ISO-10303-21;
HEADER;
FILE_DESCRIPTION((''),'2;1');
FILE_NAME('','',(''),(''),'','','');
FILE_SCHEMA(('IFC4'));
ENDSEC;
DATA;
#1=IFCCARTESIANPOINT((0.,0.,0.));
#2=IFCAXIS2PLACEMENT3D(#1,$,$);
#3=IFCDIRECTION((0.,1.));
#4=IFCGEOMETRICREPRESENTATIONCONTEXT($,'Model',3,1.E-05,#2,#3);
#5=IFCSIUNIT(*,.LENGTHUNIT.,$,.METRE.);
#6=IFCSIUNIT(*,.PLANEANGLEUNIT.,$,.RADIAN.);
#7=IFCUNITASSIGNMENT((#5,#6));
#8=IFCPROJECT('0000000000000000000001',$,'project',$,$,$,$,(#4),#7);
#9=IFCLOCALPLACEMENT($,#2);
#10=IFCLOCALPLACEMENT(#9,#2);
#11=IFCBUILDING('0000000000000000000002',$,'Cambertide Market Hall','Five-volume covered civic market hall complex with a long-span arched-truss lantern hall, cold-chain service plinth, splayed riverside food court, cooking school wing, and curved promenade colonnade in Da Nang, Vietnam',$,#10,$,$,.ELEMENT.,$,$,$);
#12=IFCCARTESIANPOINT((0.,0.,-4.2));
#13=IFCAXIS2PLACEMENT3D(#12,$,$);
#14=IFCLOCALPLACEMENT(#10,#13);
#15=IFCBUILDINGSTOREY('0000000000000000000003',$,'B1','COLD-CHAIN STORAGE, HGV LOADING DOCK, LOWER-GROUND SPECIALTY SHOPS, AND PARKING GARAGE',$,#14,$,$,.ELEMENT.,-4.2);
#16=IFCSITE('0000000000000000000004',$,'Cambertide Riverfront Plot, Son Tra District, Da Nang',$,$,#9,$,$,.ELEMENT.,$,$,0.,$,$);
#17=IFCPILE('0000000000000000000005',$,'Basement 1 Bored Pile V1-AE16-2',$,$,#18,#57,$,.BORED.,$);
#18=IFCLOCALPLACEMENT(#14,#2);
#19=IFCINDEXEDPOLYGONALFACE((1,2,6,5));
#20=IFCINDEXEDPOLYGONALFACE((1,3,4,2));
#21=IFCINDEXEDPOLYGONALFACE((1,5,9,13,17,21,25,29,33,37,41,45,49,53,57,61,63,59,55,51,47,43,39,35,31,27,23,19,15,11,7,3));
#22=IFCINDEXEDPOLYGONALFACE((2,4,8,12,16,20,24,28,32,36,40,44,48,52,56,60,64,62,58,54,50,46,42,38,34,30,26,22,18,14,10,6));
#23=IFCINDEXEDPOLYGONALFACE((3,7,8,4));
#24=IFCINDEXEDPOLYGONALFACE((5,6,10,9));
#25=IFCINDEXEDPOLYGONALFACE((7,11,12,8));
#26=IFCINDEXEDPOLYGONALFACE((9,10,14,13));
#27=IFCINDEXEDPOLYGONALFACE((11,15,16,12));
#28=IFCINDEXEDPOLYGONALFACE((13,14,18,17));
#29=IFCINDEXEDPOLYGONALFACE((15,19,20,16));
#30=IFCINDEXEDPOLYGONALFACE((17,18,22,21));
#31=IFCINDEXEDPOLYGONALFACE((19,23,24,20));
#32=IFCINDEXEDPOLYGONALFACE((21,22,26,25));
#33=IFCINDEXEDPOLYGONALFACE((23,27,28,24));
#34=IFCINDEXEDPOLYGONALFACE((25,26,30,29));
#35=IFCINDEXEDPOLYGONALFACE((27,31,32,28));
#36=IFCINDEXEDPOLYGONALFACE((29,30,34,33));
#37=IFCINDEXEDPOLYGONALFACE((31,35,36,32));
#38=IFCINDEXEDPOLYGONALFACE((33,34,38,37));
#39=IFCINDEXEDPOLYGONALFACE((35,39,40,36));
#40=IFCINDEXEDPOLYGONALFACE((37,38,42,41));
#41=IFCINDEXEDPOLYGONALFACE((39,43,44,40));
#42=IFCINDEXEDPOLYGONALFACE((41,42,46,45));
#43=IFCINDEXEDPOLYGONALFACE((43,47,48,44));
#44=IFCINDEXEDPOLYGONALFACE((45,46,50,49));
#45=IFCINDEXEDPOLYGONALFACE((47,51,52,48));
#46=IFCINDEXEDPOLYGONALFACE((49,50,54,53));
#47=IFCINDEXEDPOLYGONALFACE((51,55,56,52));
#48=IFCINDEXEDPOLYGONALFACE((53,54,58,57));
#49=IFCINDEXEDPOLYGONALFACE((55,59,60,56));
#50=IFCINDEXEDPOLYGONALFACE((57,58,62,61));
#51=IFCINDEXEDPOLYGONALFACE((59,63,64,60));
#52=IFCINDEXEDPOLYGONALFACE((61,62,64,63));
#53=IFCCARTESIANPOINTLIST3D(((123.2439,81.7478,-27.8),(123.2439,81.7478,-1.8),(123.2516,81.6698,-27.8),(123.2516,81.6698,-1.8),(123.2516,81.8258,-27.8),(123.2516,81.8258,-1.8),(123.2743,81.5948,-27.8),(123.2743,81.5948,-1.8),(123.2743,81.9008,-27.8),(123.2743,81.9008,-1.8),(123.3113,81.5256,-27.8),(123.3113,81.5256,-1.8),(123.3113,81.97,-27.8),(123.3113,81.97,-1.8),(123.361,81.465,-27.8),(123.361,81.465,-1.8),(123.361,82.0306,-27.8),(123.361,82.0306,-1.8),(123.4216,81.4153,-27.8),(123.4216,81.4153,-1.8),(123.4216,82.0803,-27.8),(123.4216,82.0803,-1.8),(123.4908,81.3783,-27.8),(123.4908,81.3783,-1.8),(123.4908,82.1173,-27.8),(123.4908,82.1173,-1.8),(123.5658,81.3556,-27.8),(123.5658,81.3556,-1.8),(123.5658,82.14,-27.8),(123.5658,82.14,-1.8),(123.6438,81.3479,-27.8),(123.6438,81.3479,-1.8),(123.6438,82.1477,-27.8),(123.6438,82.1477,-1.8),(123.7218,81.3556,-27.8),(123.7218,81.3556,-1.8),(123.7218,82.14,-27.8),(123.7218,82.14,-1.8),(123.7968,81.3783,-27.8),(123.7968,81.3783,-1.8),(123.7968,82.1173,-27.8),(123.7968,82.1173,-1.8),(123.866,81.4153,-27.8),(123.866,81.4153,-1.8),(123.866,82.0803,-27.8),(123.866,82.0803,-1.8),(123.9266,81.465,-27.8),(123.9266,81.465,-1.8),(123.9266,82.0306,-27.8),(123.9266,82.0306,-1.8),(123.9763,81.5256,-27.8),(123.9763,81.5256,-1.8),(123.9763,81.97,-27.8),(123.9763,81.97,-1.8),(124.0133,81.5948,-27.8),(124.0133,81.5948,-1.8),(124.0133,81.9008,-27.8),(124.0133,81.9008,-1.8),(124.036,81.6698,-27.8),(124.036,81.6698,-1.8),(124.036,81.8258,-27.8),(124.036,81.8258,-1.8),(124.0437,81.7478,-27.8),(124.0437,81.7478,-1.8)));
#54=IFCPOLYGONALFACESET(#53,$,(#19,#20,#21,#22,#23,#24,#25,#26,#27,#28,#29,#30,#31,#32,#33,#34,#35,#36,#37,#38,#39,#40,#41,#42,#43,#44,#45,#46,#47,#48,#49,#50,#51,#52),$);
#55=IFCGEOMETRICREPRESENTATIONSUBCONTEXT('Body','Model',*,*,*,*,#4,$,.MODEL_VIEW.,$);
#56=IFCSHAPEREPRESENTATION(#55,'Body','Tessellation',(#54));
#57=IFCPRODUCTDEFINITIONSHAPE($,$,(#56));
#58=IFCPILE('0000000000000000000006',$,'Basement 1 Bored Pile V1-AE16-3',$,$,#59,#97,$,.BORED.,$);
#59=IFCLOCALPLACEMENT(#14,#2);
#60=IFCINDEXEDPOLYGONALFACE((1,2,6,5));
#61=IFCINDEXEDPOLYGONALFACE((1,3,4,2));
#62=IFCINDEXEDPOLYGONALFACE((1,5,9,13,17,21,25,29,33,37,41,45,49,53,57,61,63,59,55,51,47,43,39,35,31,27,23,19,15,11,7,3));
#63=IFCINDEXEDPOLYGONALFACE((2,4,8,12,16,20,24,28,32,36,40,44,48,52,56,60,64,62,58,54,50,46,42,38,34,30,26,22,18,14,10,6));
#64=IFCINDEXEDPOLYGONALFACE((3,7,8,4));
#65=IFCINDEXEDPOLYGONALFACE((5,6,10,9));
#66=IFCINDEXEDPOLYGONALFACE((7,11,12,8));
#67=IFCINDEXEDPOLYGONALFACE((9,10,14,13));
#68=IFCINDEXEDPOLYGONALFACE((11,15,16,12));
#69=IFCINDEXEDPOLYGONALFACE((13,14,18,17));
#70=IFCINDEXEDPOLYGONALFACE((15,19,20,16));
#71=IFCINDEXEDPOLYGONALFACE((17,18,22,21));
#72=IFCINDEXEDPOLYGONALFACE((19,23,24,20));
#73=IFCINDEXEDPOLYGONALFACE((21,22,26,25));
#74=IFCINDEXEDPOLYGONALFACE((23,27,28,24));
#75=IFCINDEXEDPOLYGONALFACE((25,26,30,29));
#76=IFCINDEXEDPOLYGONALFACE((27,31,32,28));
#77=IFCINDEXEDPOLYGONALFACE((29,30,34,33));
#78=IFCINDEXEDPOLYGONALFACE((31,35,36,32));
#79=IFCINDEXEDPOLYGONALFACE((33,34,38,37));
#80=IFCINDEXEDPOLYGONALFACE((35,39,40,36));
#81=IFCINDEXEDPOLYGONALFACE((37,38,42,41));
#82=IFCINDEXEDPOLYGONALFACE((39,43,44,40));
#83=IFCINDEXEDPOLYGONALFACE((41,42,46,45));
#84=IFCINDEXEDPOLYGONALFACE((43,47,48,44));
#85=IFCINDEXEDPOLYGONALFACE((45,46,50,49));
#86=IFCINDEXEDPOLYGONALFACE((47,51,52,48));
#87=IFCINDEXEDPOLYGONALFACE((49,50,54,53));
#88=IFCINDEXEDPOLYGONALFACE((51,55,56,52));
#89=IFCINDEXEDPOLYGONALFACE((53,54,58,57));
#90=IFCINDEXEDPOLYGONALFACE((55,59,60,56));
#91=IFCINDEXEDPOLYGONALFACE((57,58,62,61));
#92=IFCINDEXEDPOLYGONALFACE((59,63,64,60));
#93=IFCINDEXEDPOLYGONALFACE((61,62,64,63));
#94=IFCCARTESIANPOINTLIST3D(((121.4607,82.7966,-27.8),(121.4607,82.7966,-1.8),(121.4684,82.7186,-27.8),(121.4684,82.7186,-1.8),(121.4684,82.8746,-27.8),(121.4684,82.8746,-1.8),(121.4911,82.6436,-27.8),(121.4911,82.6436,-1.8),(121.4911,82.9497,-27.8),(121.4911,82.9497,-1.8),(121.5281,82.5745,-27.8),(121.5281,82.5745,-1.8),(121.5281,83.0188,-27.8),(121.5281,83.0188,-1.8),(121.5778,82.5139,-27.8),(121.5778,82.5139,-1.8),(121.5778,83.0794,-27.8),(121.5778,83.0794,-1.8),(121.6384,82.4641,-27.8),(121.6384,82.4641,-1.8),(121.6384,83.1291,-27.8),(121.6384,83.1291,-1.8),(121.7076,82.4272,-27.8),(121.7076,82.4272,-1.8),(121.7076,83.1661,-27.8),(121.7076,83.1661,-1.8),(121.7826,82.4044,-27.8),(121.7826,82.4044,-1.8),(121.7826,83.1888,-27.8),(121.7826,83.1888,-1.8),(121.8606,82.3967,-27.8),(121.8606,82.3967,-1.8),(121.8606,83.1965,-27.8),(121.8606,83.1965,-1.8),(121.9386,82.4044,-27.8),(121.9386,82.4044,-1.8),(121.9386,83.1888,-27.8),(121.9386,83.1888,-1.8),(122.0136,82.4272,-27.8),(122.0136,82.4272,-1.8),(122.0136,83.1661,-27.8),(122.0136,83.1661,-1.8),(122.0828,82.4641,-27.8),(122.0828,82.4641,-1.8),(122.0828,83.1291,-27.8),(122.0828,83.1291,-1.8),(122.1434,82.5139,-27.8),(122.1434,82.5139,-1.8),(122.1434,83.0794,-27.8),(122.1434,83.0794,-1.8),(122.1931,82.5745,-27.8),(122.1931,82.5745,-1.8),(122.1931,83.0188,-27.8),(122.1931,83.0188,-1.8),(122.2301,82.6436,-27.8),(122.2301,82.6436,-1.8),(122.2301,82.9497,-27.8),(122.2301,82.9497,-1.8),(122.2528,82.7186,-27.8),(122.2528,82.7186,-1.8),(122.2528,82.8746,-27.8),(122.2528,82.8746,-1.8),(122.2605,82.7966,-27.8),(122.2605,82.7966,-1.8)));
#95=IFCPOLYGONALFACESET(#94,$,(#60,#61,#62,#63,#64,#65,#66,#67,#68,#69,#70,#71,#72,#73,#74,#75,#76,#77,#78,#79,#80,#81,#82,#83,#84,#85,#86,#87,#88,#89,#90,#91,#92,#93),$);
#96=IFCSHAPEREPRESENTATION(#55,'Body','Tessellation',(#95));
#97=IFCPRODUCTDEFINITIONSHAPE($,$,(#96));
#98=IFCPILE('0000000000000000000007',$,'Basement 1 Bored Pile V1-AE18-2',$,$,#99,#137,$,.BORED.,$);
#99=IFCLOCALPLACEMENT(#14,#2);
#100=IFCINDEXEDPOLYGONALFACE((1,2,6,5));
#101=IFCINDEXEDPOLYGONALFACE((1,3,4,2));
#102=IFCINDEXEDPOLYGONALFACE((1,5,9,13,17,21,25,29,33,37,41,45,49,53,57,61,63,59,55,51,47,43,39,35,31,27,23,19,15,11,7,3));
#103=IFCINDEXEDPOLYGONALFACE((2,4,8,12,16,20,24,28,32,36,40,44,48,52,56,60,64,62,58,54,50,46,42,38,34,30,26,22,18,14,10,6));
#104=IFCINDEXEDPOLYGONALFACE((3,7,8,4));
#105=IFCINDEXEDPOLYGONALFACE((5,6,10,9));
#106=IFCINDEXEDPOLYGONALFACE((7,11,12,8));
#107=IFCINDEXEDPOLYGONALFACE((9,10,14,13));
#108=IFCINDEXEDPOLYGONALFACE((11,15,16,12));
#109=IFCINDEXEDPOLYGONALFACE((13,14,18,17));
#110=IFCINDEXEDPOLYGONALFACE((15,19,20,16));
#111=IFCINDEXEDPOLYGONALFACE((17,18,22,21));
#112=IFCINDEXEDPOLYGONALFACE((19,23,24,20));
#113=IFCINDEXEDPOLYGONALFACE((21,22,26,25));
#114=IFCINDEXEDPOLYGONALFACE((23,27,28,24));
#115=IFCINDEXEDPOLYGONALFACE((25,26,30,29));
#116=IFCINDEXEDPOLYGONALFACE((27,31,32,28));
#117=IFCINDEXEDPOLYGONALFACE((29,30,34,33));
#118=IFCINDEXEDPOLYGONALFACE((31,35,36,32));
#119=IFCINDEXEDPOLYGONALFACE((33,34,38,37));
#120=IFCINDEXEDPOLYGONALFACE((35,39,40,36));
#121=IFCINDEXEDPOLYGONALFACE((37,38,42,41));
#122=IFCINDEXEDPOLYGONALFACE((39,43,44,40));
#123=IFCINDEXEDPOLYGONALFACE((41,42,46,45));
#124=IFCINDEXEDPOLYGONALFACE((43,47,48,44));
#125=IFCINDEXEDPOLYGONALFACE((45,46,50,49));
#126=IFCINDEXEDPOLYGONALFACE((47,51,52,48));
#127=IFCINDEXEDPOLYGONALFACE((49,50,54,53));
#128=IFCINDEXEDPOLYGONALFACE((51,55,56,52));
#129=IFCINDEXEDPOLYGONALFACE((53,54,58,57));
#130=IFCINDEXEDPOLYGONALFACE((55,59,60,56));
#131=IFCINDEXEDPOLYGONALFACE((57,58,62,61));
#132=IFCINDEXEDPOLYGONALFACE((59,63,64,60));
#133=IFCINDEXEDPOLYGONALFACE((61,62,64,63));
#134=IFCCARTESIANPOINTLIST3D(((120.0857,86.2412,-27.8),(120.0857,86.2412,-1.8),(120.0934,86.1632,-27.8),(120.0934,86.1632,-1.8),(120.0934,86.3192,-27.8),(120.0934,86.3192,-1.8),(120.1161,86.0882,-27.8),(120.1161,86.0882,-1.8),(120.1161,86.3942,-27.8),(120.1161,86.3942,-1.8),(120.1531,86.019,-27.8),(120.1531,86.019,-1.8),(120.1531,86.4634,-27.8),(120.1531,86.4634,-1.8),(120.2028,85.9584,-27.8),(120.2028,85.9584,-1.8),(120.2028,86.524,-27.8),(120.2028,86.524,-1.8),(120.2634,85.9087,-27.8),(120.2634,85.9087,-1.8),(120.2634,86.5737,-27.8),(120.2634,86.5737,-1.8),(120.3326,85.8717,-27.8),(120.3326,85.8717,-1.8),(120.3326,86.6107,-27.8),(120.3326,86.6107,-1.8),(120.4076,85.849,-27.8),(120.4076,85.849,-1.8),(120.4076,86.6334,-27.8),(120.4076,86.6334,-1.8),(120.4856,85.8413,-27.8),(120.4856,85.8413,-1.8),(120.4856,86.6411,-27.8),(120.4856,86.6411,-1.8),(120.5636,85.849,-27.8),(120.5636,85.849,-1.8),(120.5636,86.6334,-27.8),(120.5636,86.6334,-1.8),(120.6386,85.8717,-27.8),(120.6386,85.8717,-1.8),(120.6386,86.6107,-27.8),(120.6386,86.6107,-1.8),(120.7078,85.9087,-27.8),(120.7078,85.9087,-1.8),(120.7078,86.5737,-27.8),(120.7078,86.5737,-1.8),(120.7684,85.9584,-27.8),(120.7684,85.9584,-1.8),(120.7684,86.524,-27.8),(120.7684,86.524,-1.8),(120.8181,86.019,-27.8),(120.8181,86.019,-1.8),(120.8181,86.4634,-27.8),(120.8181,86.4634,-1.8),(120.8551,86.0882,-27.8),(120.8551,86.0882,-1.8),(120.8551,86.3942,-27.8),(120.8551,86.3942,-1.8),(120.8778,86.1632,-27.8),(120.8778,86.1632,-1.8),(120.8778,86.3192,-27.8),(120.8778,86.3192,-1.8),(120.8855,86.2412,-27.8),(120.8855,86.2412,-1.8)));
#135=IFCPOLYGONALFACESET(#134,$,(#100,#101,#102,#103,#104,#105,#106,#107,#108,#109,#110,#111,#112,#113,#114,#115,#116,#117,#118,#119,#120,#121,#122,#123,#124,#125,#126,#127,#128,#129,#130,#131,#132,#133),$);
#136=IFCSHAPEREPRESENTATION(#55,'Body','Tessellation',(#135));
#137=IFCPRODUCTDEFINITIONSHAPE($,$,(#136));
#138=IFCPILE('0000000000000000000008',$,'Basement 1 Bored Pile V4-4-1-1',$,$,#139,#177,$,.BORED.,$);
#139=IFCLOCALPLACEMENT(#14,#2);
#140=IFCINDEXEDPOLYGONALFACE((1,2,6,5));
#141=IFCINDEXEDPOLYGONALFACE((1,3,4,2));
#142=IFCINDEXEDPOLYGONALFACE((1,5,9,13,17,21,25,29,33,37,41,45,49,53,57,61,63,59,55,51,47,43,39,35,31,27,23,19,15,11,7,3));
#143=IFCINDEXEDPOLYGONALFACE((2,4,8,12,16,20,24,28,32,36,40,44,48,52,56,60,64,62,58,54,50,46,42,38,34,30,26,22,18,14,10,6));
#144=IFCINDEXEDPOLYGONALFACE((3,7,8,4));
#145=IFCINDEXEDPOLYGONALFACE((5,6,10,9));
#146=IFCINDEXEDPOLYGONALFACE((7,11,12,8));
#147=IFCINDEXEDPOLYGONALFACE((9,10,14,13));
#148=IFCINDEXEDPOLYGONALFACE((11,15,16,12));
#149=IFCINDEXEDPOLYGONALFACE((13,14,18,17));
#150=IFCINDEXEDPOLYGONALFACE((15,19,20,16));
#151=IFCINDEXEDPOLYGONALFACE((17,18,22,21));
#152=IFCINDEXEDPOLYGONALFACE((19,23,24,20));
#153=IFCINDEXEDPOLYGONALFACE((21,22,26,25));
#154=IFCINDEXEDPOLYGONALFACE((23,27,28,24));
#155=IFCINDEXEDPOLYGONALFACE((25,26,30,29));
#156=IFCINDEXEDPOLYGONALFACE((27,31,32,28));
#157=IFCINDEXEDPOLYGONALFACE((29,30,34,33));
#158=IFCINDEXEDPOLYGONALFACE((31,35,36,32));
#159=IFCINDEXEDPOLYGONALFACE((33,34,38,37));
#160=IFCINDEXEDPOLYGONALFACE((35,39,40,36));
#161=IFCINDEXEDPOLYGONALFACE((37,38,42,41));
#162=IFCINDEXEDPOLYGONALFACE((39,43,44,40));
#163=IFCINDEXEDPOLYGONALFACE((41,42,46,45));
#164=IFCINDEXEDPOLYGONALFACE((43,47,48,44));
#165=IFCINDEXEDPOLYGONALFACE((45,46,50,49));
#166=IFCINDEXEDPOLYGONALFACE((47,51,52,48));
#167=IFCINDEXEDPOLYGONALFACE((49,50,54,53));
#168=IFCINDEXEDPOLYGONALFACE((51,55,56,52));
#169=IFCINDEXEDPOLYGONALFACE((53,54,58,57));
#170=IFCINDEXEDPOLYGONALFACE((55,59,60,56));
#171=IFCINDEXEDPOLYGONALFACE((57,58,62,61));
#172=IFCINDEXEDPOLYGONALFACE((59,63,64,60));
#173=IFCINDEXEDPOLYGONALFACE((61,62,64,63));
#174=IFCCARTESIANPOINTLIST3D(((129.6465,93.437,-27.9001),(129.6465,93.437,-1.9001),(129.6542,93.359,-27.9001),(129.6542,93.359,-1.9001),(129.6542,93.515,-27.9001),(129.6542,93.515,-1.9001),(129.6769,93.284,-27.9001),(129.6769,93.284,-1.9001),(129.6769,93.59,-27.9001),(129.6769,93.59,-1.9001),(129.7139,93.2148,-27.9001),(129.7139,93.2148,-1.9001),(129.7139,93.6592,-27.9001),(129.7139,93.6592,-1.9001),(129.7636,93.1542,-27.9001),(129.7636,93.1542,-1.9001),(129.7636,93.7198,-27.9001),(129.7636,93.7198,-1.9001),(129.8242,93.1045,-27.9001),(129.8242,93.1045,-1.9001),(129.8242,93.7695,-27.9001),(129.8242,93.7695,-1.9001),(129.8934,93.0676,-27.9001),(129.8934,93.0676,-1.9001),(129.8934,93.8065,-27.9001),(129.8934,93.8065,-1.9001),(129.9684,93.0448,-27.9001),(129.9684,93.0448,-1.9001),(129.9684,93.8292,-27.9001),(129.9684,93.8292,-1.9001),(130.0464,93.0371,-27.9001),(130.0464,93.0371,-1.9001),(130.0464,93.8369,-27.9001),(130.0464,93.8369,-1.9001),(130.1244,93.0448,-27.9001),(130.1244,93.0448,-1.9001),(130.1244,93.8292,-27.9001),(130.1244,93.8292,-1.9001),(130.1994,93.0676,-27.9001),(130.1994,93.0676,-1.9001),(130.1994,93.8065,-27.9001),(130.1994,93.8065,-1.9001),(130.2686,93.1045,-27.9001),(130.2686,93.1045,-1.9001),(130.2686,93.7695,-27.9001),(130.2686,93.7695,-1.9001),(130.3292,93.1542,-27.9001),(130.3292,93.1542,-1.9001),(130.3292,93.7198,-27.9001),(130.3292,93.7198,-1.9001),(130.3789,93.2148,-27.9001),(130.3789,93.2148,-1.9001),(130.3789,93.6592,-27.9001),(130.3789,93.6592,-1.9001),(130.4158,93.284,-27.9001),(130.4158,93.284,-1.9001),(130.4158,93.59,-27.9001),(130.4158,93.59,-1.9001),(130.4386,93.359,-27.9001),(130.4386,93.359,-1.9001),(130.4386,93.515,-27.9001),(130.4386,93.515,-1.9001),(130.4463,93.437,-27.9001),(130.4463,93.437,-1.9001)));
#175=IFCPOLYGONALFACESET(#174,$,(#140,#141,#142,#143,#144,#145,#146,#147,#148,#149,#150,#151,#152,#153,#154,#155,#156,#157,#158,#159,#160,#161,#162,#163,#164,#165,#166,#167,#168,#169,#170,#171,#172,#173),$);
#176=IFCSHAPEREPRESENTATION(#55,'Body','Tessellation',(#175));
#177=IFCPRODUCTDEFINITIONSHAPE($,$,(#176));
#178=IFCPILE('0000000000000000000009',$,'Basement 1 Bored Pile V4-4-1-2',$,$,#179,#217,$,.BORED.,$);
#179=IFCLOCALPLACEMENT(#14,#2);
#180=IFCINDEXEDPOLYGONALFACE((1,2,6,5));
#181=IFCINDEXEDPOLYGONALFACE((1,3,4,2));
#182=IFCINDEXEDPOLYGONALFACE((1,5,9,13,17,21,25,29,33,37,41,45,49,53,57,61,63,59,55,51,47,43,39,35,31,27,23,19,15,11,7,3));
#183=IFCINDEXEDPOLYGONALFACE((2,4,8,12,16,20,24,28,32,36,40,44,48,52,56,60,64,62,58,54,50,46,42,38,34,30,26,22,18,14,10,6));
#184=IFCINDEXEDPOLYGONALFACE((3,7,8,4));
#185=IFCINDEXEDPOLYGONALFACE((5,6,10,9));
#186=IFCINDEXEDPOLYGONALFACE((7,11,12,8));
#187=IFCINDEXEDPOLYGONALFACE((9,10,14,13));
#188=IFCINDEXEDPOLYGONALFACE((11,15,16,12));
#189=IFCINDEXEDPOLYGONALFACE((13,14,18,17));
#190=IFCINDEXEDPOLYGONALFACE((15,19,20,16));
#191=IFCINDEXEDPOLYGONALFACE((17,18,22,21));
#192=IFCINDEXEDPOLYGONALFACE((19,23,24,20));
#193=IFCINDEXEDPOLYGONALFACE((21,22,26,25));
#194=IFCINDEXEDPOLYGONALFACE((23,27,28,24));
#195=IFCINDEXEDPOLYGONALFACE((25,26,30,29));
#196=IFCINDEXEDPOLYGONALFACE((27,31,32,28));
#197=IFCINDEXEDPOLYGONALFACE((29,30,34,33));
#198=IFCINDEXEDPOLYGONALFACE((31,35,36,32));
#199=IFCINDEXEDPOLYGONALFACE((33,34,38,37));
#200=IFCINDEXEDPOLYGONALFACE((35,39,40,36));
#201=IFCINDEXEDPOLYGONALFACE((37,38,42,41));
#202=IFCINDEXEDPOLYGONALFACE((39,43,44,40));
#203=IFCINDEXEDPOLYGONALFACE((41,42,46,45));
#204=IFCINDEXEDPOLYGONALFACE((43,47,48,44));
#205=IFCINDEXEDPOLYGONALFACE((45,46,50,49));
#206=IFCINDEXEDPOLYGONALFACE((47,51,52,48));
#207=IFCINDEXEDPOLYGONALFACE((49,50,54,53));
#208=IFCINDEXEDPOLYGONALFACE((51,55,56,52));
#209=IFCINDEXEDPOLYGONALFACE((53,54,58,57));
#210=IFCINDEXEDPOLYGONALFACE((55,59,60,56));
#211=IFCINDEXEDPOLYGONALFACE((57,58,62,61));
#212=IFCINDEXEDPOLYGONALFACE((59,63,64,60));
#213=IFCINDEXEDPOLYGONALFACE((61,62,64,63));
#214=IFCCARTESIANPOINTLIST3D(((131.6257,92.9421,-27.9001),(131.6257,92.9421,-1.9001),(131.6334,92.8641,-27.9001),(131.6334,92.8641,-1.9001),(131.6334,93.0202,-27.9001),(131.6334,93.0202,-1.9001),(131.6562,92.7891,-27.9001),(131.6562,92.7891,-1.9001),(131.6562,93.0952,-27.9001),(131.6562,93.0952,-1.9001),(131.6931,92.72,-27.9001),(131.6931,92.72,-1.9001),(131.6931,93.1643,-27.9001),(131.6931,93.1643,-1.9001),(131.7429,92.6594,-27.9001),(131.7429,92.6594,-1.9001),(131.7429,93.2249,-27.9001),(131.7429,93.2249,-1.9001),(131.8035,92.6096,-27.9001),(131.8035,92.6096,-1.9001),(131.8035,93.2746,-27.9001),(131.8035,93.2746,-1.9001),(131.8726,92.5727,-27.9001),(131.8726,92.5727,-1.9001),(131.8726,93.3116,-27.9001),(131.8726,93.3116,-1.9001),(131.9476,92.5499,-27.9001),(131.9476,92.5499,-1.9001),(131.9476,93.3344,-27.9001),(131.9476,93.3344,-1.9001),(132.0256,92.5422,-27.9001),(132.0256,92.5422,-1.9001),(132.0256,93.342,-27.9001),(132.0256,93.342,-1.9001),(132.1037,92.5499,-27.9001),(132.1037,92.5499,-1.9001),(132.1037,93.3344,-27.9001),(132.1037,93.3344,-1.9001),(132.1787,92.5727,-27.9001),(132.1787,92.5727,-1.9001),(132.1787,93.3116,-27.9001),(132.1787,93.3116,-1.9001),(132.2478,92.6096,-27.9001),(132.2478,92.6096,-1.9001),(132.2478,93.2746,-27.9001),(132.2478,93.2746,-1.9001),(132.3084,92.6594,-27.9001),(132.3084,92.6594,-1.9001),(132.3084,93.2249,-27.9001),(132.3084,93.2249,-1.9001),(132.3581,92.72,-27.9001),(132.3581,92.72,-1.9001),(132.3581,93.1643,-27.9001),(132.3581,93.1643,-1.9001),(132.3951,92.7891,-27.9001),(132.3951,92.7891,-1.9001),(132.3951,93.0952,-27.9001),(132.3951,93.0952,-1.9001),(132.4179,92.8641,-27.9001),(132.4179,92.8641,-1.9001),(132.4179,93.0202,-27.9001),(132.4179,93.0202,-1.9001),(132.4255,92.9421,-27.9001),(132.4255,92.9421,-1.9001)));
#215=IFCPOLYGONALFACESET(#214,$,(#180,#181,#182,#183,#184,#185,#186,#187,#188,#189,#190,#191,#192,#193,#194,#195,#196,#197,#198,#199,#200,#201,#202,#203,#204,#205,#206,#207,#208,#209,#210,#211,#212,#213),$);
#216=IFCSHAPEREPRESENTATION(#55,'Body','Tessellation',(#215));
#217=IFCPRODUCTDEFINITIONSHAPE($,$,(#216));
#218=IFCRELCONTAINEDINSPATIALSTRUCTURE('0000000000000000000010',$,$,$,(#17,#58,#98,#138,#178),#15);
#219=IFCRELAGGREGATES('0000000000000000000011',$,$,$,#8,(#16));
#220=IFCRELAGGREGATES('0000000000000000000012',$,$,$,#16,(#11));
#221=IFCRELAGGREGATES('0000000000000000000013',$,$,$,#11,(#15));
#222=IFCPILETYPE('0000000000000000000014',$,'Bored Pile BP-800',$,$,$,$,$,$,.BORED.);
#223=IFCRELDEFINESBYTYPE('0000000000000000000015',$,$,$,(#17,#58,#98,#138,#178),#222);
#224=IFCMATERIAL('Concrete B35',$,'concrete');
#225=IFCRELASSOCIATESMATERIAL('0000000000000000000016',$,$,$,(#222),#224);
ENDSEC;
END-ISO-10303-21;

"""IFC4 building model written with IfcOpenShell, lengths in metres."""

from ifc_helpers import new_model, si_unit, direction, frame, origin, origin_2d, place, context, subcontext, project, spatial, circle, extrude, material, material_profile, profile_set, type_object, element, save


model = new_model("IFC4")

# Units and contexts
model_context = context("Model", 3, precision=1e-05, world=origin(), true_north=direction((0.0, 1.0)))
body_context = subcontext(model_context, "Body", "Model", "MODEL_VIEW")
ifc_project = project(units=[si_unit("LENGTHUNIT", "METRE"), si_unit("PLANEANGLEUNIT", "RADIAN")], contexts=[model_context])

# Site, building, storey
site_placement = place(None, origin())
site = spatial("IfcSite", under=ifc_project, at=site_placement, Name="Cambertide Riverfront Plot, Son Tra District, Da Nang", CompositionType="ELEMENT", RefElevation=0.0)
building_placement = place(site_placement, origin())
building = spatial("IfcBuilding", under=site, at=building_placement, Name="Cambertide Market Hall", Description="Five-volume covered civic market hall complex with a long-span arched-truss lantern hall, cold-chain service plinth, splayed riverside food court, cooking school wing, and curved promenade colonnade in Da Nang, Vietnam", CompositionType="ELEMENT")
storey_placement = place(building_placement, frame((0.0, 0.0, -4.2)))
storey = spatial("IfcBuildingStorey", under=building, at=storey_placement, Name="B1", Description="COLD-CHAIN STORAGE, HGV LOADING DOCK, LOWER-GROUND SPECIALTY SHOPS, AND PARKING GARAGE", CompositionType="ELEMENT", Elevation=-4.2)

# Piles
ifc_material_1 = material(Name="Concrete B35", Category="concrete")
ifc_material_profile_1 = material_profile(ifc_material_1, circle(Radius=0.3999, at=origin_2d()), Name="BP D800")
ifc_profile_set_1 = profile_set([ifc_material_profile_1], Name="Concrete B35")
pile_type = type_object("IfcPileType", Name="Bored Pile BP-800", PredefinedType="BORED", material=ifc_profile_set_1)
for number, where, z_axis, x_axis, name in (
    (1, (123.6438, 81.7478, -1.8), (0.0, 0.0, -1.0), (1.0, 0.0, 0.0), "Basement 1 Bored Pile V1-AE16-2"),
    (2, (121.8606, 82.7966, -1.8), (0.0, 0.0, -1.0), (1.0, 0.0, 0.0), "Basement 1 Bored Pile V1-AE16-3"),
    (3, (120.4856, 86.2412, -1.8), (0.0, 0.0, -1.0), (1.0, 0.0, 0.0), "Basement 1 Bored Pile V1-AE18-2"),
    (4, (130.0464, 93.437, -1.9001), (0.0, 0.0, -1.0), (1.0, 0.0, 0.0), "Basement 1 Bored Pile V4-4-1-1"),
    (5, (132.0256, 92.9421, -1.9001), (0.0, 0.0, -1.0), (1.0, 0.0, 0.0), "Basement 1 Bored Pile V4-4-1-2"),
):
    element("IfcPile", number, at=place(storey_placement, frame(where, z_axis=z_axis, x_axis=x_axis)), inside=storey, type_object=pile_type, Name=name, PredefinedType="BORED", context=body_context, shape_type="SweptSolid", body=[
        extrude(circle(Radius=0.3999, at=origin_2d()), origin(), (0.0, 0.0, 1.0), 26.0),
    ])

save(model, "model.ifc")
